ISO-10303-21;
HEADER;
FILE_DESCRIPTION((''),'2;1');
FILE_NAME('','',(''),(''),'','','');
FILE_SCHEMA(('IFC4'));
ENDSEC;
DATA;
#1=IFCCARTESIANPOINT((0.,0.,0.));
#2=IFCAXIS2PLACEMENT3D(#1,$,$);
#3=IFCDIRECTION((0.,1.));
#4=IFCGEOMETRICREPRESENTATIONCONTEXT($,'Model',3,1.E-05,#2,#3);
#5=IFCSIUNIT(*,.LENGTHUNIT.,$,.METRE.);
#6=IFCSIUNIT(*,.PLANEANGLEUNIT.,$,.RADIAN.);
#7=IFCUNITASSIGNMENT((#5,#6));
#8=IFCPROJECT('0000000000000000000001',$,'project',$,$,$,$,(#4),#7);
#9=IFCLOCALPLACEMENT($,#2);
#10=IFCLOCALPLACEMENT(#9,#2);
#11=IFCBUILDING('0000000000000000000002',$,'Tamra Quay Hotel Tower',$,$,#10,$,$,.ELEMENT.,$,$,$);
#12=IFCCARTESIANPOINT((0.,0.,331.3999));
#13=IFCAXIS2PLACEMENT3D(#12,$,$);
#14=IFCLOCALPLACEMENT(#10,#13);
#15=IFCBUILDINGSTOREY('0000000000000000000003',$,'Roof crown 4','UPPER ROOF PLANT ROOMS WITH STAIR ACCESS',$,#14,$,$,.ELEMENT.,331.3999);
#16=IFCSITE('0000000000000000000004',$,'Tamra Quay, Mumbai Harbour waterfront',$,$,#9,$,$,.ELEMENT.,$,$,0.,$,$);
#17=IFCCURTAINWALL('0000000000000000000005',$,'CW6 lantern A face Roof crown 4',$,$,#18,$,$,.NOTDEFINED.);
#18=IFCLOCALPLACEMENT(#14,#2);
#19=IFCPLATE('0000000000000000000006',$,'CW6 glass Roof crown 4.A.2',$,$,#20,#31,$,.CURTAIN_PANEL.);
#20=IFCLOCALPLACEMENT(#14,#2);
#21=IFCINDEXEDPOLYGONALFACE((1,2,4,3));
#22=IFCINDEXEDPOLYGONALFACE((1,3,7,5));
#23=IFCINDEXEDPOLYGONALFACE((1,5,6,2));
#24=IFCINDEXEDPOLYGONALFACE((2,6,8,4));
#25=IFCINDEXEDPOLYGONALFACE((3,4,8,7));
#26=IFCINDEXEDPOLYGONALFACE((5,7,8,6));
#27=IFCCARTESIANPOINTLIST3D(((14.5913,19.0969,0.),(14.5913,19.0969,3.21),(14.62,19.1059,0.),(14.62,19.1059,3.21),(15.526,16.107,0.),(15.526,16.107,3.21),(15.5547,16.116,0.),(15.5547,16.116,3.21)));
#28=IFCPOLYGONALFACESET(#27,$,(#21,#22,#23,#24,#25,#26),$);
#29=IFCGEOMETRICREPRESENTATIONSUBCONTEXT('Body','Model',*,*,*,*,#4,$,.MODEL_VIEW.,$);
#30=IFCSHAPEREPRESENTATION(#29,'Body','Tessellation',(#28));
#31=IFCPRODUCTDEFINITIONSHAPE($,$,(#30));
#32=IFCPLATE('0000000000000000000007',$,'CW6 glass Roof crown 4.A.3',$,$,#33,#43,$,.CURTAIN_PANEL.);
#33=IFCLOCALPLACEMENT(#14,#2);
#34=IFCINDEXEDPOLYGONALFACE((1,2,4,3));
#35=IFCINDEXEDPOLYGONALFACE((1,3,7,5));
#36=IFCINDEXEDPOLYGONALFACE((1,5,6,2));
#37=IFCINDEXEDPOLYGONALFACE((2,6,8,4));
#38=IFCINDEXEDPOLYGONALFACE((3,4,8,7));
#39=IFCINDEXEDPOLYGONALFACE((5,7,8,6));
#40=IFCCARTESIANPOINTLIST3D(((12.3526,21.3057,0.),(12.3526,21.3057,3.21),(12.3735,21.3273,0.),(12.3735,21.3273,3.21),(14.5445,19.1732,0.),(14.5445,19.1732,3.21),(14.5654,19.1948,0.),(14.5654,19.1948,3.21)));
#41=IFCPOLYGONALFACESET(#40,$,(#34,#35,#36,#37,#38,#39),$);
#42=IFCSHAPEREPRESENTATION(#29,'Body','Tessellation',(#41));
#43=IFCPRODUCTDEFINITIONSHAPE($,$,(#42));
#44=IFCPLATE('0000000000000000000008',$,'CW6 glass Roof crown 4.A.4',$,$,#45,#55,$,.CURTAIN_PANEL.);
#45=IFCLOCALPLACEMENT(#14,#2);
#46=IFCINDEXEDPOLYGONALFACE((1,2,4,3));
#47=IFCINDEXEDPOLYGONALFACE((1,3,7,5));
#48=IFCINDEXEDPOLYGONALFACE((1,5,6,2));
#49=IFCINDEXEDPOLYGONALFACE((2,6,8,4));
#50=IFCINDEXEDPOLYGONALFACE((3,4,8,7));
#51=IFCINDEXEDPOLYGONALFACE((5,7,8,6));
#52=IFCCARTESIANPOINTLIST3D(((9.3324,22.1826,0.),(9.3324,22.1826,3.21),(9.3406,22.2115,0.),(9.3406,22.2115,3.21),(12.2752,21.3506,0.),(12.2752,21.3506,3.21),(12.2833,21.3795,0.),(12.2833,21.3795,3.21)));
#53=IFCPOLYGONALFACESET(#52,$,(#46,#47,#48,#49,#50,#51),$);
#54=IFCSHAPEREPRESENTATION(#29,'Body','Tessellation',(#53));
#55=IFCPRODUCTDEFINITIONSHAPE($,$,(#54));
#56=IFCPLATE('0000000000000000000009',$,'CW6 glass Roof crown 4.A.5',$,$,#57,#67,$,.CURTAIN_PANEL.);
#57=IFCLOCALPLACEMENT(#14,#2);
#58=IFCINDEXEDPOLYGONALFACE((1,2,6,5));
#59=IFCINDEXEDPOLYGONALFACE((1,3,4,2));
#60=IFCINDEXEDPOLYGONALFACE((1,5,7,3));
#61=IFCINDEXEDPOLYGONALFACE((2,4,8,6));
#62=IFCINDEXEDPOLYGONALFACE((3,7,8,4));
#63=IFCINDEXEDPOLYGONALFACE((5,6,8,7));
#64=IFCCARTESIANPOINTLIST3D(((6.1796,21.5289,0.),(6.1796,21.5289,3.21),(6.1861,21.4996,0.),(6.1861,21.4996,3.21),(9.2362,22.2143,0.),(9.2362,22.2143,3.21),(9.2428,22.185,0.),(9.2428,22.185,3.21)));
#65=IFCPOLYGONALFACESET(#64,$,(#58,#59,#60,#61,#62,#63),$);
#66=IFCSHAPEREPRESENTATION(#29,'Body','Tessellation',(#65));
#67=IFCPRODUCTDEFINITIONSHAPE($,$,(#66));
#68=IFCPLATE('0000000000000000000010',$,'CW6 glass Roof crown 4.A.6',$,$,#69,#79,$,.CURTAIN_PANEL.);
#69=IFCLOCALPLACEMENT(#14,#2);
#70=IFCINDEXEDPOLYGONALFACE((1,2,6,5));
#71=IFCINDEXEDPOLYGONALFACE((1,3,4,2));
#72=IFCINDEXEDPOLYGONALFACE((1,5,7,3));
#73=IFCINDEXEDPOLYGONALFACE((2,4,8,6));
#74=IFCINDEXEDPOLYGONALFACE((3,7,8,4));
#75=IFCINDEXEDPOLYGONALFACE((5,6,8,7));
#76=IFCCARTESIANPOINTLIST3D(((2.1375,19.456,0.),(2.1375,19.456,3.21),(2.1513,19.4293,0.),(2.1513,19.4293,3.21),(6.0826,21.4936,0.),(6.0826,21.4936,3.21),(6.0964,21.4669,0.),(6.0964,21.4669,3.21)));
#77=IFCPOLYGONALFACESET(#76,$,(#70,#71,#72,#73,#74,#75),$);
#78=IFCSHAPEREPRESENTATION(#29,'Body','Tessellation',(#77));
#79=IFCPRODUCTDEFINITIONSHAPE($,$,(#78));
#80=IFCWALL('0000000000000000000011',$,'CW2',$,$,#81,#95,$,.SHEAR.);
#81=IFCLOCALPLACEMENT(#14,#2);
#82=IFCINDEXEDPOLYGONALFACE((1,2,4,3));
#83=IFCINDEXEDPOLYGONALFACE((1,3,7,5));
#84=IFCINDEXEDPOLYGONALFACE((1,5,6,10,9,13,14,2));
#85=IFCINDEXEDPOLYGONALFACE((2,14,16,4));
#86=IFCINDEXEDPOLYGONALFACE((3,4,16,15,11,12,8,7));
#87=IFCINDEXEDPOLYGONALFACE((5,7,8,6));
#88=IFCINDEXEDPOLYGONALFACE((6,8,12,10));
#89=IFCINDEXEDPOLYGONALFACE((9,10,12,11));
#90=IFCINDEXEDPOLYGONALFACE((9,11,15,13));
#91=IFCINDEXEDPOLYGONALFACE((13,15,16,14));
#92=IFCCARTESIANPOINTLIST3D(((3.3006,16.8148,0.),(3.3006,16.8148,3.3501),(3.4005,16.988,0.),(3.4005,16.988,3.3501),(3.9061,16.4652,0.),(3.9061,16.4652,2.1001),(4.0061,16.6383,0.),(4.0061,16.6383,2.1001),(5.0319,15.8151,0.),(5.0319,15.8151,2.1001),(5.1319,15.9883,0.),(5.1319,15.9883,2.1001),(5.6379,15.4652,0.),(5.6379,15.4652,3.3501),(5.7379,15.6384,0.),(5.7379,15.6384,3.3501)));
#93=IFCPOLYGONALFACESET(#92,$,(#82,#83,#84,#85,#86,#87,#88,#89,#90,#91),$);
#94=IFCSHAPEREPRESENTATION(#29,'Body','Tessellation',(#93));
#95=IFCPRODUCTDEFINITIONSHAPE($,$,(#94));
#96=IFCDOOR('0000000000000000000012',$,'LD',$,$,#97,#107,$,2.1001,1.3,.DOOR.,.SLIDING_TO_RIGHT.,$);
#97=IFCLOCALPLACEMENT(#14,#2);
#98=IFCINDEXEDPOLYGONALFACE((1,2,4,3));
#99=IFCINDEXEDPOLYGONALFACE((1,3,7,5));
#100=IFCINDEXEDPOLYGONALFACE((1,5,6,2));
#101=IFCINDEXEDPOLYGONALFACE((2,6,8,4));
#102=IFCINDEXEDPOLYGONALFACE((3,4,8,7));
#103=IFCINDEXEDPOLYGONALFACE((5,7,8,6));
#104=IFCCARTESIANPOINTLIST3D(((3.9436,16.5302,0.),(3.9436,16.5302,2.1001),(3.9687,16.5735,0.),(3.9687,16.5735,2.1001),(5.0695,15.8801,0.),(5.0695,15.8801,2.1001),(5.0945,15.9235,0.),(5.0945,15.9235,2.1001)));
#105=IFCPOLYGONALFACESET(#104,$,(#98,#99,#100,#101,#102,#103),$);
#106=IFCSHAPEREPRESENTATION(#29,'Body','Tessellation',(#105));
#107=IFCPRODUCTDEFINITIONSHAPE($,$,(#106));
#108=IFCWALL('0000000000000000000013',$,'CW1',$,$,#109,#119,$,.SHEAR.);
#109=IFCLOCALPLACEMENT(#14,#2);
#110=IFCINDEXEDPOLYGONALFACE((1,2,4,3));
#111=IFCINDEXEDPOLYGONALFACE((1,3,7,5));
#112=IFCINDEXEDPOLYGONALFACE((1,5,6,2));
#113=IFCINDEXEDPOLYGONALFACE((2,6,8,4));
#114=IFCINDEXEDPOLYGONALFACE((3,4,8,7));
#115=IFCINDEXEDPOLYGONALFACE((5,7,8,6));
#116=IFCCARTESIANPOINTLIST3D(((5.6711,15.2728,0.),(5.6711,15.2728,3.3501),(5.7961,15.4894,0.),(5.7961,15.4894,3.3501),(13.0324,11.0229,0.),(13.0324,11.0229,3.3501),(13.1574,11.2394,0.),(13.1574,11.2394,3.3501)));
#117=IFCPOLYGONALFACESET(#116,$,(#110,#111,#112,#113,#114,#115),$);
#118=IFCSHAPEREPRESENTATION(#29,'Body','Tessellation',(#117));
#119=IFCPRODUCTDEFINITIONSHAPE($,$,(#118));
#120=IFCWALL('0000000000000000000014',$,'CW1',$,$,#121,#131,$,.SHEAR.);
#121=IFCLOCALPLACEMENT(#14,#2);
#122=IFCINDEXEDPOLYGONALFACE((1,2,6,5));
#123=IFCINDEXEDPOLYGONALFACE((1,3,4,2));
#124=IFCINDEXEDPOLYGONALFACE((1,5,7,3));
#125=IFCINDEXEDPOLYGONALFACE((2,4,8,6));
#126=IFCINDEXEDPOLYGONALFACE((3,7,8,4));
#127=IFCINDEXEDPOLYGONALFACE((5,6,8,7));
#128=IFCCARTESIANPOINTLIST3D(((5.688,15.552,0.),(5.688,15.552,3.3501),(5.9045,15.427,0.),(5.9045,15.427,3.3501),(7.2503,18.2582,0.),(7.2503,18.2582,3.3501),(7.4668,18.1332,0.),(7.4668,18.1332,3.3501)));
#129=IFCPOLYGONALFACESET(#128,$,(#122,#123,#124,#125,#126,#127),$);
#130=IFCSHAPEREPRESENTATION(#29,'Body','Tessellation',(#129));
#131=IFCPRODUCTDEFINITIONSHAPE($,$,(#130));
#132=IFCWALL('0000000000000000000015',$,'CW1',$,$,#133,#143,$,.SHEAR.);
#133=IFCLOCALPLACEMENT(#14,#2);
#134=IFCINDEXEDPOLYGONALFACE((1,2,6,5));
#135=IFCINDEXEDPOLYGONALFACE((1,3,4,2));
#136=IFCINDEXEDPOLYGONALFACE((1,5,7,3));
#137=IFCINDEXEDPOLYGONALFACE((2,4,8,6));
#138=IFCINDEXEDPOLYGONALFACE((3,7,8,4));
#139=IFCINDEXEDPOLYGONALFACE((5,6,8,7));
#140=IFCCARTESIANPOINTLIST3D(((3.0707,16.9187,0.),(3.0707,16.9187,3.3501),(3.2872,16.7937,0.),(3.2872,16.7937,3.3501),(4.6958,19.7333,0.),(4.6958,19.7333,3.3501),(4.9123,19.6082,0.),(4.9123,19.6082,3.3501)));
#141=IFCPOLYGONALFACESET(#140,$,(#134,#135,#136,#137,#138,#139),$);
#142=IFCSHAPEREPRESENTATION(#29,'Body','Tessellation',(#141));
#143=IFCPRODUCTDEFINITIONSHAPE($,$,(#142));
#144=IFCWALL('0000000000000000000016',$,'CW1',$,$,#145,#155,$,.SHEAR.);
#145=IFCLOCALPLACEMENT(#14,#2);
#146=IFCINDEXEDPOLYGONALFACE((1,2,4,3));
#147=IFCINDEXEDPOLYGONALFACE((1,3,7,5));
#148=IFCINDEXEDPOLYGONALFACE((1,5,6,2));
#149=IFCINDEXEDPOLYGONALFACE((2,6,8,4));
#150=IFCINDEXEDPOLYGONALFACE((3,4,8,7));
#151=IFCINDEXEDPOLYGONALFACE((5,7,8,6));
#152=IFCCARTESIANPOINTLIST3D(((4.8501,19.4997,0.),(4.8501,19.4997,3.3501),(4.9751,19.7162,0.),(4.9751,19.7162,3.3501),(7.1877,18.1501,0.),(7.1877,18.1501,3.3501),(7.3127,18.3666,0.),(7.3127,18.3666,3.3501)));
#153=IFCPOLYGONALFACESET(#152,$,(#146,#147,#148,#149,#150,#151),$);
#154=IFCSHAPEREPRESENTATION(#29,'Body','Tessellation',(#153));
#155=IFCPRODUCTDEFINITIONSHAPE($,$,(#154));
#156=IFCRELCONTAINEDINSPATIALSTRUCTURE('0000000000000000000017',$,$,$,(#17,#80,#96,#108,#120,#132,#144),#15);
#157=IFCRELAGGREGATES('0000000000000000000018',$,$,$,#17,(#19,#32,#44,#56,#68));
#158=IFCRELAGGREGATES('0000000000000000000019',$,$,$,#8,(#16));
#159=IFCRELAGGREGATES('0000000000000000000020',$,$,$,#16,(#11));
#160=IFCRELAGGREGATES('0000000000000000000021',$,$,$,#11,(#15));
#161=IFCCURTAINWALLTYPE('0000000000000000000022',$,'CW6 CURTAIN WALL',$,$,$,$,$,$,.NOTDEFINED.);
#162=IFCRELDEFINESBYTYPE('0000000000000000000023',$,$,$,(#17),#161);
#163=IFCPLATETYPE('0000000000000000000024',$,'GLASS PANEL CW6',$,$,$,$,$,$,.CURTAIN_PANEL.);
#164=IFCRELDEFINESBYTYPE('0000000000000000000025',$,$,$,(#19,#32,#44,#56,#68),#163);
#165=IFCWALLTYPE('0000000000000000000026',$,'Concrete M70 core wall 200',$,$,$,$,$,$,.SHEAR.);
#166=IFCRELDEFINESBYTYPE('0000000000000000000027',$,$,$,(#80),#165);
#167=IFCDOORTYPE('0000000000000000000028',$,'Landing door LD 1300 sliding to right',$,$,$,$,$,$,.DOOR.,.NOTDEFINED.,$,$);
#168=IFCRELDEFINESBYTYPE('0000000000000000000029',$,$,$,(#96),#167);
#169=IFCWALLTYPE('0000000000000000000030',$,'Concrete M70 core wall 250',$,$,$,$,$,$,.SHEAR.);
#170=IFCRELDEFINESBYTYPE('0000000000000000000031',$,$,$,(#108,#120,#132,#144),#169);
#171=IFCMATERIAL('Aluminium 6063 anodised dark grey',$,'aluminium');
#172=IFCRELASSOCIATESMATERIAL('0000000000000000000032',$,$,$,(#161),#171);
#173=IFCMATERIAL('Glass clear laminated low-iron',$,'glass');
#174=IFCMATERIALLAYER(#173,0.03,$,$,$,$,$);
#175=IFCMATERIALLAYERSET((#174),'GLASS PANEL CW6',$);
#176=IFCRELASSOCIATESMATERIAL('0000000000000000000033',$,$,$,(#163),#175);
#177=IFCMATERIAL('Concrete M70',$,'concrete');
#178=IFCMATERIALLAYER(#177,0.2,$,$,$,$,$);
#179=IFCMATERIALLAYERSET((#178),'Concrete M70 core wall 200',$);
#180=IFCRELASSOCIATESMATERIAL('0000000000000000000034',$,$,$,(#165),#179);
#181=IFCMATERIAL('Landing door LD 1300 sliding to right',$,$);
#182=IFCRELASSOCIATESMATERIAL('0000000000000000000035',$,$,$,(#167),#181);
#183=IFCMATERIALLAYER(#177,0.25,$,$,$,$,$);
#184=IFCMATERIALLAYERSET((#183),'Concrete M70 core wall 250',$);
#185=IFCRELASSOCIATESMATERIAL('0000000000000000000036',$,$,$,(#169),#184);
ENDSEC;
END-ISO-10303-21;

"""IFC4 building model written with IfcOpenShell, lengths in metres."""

from ifc_helpers import new_model, si_unit, direction, frame, frame_2d, origin, origin_2d, place, context, subcontext, project, spatial, rectangle, extrude, material, layer, layer_set, type_object, element, fill, aggregate, save


model = new_model("IFC4")

# Units and contexts
model_context = context("Model", 3, precision=1e-05, world=origin(), true_north=direction((0.0, 1.0)))
body_context = subcontext(model_context, "Body", "Model", "MODEL_VIEW")
ifc_project = project(units=[si_unit("LENGTHUNIT", "METRE"), si_unit("PLANEANGLEUNIT", "RADIAN")], contexts=[model_context])

# Site, building, storey
site_placement = place(None, origin())
site = spatial("IfcSite", under=ifc_project, at=site_placement, Name="Tamra Quay, Mumbai Harbour waterfront", CompositionType="ELEMENT", RefElevation=0.0)
building_placement = place(site_placement, origin())
building = spatial("IfcBuilding", under=site, at=building_placement, Name="Tamra Quay Hotel Tower", CompositionType="ELEMENT")
storey_placement = place(building_placement, frame((0.0, 0.0, 331.3999)))
storey = spatial("IfcBuildingStorey", under=building, at=storey_placement, Name="Roof crown 4", Description="UPPER ROOF PLANT ROOMS WITH STAIR ACCESS", CompositionType="ELEMENT", Elevation=331.3999)

# Curtain wall, plates
ifc_material_1 = material(Name="Aluminium 6063 anodised dark grey", Category="aluminium")
curtain_wall_type = type_object("IfcCurtainWallType", Name="CW6 CURTAIN WALL", PredefinedType="NOTDEFINED", material=ifc_material_1)
curtain_wall_placement = place(storey_placement, origin())
curtain_wall = element("IfcCurtainWall", 1, at=curtain_wall_placement, inside=storey, type_object=curtain_wall_type, Name="CW6 lantern A face Roof crown 4", PredefinedType="NOTDEFINED")
ifc_material_2 = material(Name="Glass clear laminated low-iron", Category="glass")
ifc_layer_1 = layer(ifc_material_2, 0.03)
ifc_layer_set_1 = layer_set([ifc_layer_1], Name="GLASS PANEL CW6")
plate_type = type_object("IfcPlateType", Name="GLASS PANEL CW6", PredefinedType="CURTAIN_PANEL", material=ifc_layer_set_1)
plate_1_placement = place(storey_placement, frame((15.073, 17.6064, 0.0), z_axis=(0.0, 0.0, 1.0), x_axis=(-0.298392, 0.954443, 0.0)))
plate_1 = element("IfcPlate", 2, at=plate_1_placement, type_object=plate_type, Name="CW6 glass Roof crown 4.A.2", PredefinedType="CURTAIN_PANEL", context=body_context, shape_type="SweptSolid", body=[
    extrude(rectangle(XDim=3.1326, YDim=0.03, at=origin_2d()), origin(), (0.0, 0.0, 1.0), 3.21),
])
plate_2_placement = place(storey_placement, frame((13.459, 20.2502, 0.0), z_axis=(0.0, 0.0, 1.0), x_axis=(-0.716753, 0.697327, 0.0)))
plate_2 = element("IfcPlate", 3, at=plate_2_placement, type_object=plate_type, Name="CW6 glass Roof crown 4.A.3", PredefinedType="CURTAIN_PANEL", context=body_context, shape_type="SweptSolid", body=[
    extrude(rectangle(XDim=3.0581, YDim=0.03, at=origin_2d()), origin(), (0.0, 0.0, 1.0), 3.21),
])
plate_3_placement = place(storey_placement, frame((10.8079, 21.781, 0.0), z_axis=(0.0, 0.0, 1.0), x_axis=(-0.96228, 0.272062, 0.0)))
plate_3 = element("IfcPlate", 4, at=plate_3_placement, type_object=plate_type, Name="CW6 glass Roof crown 4.A.4", PredefinedType="CURTAIN_PANEL", context=body_context, shape_type="SweptSolid", body=[
    extrude(rectangle(XDim=3.0581, YDim=0.03, at=origin_2d()), origin(), (0.0, 0.0, 1.0), 3.21),
])
plate_4_placement = place(storey_placement, frame((7.7112, 21.8569, 0.0), z_axis=(0.0, 0.0, 1.0), x_axis=(-0.975768, -0.218806, 0.0)))
plate_4 = element("IfcPlate", 5, at=plate_4_placement, type_object=plate_type, Name="CW6 glass Roof crown 4.A.5", PredefinedType="CURTAIN_PANEL", context=body_context, shape_type="SweptSolid", body=[
    extrude(rectangle(XDim=3.1326, YDim=0.03, at=origin_2d()), origin(), (0.0, 0.0, 1.0), 3.21),
])
plate_5_placement = place(storey_placement, frame((4.1169, 20.4614, 0.0), z_axis=(0.0, 0.0, 1.0), x_axis=(-0.888486, -0.458903, 0.0)))
plate_5 = element("IfcPlate", 6, at=plate_5_placement, type_object=plate_type, Name="CW6 glass Roof crown 4.A.6", PredefinedType="CURTAIN_PANEL", context=body_context, shape_type="SweptSolid", body=[
    extrude(rectangle(XDim=4.4402, YDim=0.03, at=origin_2d()), origin(), (0.0, 0.0, 1.0), 3.21),
])
aggregate(curtain_wall, [plate_1, plate_2, plate_3, plate_4, plate_5])

# Wall, opening, door
ifc_material_3 = material(Name="Concrete M70", Category="concrete")
ifc_layer_2 = layer(ifc_material_3, 0.2)
ifc_layer_set_2 = layer_set([ifc_layer_2], Name="Concrete M70 core wall 200")
wall_type_1 = type_object("IfcWallType", Name="Concrete M70 core wall 200", PredefinedType="SHEAR", material=ifc_layer_set_2)
wall_1_placement = place(storey_placement, frame((5.688, 15.5518, 0.0), z_axis=(0.0, 0.0, 1.0), x_axis=(-0.866008, 0.50003, 0.0)))
wall_1 = element("IfcWall", 7, at=wall_1_placement, inside=storey, type_object=wall_type_1, Name="CW2", PredefinedType="SHEAR", context=body_context, shape_type="SweptSolid", body=[
    extrude(rectangle(XDim=2.699, YDim=0.2, at=frame_2d((1.3496, 0.0))), origin(), (0.0, 0.0, 1.0), 3.3501),
])
opening_placement = place(wall_1_placement, frame((0.7, 0.0, 0.0)))
opening = element("IfcOpeningElement", 8, at=opening_placement, cuts=wall_1, PredefinedType="OPENING", context=body_context, shape_type="SweptSolid", body=[
    extrude(rectangle(XDim=1.3, YDim=2.1001, at=frame_2d((0.6499, 1.05))), frame((0.0, 0.1099, 0.0), z_axis=(0.0, -1.0, 0.0), x_axis=(1.0, 0.0, 0.0)), (0.0, 0.0, 1.0), 0.22),
])
ifc_material_4 = material(Name="Landing door LD 1300 sliding to right")
door_type = type_object("IfcDoorType", Name="Landing door LD 1300 sliding to right", OperationType="NOTDEFINED", PredefinedType="DOOR", material=ifc_material_4)
door_placement = place(opening_placement, origin())
door = element("IfcDoor", 9, at=door_placement, inside=storey, type_object=door_type, Name="LD", OperationType="SLIDING_TO_RIGHT", OverallHeight=2.1001, OverallWidth=1.3, PredefinedType="DOOR", context=body_context, shape_type="SweptSolid", body=[
    extrude(rectangle(XDim=1.3, YDim=2.1001, at=frame_2d((0.6499, 1.05))), frame((0.0, 0.0249, 0.0), z_axis=(0.0, -1.0, 0.0), x_axis=(1.0, 0.0, 0.0)), (0.0, 0.0, 1.0), 0.05),
])
fill(opening, door)

# Walls
ifc_layer_3 = layer(ifc_material_3, 0.25)
ifc_layer_set_3 = layer_set([ifc_layer_3], Name="Concrete M70 core wall 250")
wall_type_2 = type_object("IfcWallType", Name="Concrete M70 core wall 250", PredefinedType="SHEAR", material=ifc_layer_set_3)
wall_2_placement = place(storey_placement, frame((5.7336, 15.3811, 0.0), z_axis=(0.0, 0.0, 1.0), x_axis=(0.866029, -0.499994, 0.0)))
element("IfcWall", 10, at=wall_2_placement, inside=storey, type_object=wall_type_2, Name="CW1", PredefinedType="SHEAR", context=body_context, shape_type="SweptSolid", body=[
    extrude(rectangle(XDim=8.5, YDim=0.25, at=frame_2d((4.25, 0.0))), origin(), (0.0, 0.0, 1.0), 3.3501),
])
wall_3_placement = place(storey_placement, frame((7.3586, 18.1958, 0.0), z_axis=(0.0, 0.0, 1.0), x_axis=(-0.499979, -0.866037, 0.0)))
element("IfcWall", 11, at=wall_3_placement, inside=storey, type_object=wall_type_2, Name="CW1", PredefinedType="SHEAR", context=body_context, shape_type="SweptSolid", body=[
    extrude(rectangle(XDim=3.1248, YDim=0.25, at=frame_2d((1.5625, 0.0))), origin(), (0.0, 0.0, 1.0), 3.3501),
])
wall_4_placement = place(storey_placement, frame((3.179, 16.8562, 0.0), z_axis=(0.0, 0.0, 1.0), x_axis=(0.500017, 0.866015, 0.0)))
element("IfcWall", 12, at=wall_4_placement, inside=storey, type_object=wall_type_2, Name="CW1", PredefinedType="SHEAR", context=body_context, shape_type="SweptSolid", body=[
    extrude(rectangle(XDim=3.25, YDim=0.25, at=frame_2d((1.625, 0.0))), origin(), (0.0, 0.0, 1.0), 3.3501),
])
wall_5_placement = place(storey_placement, frame((4.9126, 19.6079, 0.0), z_axis=(0.0, 0.0, 1.0), x_axis=(0.86603, -0.499991, 0.0)))
element("IfcWall", 13, at=wall_5_placement, inside=storey, type_object=wall_type_2, Name="CW1", PredefinedType="SHEAR", context=body_context, shape_type="SweptSolid", body=[
    extrude(rectangle(XDim=2.6992, YDim=0.25, at=frame_2d((1.3496, 0.0))), origin(), (0.0, 0.0, 1.0), 3.3501),
])

save(model, "model.ifc")
